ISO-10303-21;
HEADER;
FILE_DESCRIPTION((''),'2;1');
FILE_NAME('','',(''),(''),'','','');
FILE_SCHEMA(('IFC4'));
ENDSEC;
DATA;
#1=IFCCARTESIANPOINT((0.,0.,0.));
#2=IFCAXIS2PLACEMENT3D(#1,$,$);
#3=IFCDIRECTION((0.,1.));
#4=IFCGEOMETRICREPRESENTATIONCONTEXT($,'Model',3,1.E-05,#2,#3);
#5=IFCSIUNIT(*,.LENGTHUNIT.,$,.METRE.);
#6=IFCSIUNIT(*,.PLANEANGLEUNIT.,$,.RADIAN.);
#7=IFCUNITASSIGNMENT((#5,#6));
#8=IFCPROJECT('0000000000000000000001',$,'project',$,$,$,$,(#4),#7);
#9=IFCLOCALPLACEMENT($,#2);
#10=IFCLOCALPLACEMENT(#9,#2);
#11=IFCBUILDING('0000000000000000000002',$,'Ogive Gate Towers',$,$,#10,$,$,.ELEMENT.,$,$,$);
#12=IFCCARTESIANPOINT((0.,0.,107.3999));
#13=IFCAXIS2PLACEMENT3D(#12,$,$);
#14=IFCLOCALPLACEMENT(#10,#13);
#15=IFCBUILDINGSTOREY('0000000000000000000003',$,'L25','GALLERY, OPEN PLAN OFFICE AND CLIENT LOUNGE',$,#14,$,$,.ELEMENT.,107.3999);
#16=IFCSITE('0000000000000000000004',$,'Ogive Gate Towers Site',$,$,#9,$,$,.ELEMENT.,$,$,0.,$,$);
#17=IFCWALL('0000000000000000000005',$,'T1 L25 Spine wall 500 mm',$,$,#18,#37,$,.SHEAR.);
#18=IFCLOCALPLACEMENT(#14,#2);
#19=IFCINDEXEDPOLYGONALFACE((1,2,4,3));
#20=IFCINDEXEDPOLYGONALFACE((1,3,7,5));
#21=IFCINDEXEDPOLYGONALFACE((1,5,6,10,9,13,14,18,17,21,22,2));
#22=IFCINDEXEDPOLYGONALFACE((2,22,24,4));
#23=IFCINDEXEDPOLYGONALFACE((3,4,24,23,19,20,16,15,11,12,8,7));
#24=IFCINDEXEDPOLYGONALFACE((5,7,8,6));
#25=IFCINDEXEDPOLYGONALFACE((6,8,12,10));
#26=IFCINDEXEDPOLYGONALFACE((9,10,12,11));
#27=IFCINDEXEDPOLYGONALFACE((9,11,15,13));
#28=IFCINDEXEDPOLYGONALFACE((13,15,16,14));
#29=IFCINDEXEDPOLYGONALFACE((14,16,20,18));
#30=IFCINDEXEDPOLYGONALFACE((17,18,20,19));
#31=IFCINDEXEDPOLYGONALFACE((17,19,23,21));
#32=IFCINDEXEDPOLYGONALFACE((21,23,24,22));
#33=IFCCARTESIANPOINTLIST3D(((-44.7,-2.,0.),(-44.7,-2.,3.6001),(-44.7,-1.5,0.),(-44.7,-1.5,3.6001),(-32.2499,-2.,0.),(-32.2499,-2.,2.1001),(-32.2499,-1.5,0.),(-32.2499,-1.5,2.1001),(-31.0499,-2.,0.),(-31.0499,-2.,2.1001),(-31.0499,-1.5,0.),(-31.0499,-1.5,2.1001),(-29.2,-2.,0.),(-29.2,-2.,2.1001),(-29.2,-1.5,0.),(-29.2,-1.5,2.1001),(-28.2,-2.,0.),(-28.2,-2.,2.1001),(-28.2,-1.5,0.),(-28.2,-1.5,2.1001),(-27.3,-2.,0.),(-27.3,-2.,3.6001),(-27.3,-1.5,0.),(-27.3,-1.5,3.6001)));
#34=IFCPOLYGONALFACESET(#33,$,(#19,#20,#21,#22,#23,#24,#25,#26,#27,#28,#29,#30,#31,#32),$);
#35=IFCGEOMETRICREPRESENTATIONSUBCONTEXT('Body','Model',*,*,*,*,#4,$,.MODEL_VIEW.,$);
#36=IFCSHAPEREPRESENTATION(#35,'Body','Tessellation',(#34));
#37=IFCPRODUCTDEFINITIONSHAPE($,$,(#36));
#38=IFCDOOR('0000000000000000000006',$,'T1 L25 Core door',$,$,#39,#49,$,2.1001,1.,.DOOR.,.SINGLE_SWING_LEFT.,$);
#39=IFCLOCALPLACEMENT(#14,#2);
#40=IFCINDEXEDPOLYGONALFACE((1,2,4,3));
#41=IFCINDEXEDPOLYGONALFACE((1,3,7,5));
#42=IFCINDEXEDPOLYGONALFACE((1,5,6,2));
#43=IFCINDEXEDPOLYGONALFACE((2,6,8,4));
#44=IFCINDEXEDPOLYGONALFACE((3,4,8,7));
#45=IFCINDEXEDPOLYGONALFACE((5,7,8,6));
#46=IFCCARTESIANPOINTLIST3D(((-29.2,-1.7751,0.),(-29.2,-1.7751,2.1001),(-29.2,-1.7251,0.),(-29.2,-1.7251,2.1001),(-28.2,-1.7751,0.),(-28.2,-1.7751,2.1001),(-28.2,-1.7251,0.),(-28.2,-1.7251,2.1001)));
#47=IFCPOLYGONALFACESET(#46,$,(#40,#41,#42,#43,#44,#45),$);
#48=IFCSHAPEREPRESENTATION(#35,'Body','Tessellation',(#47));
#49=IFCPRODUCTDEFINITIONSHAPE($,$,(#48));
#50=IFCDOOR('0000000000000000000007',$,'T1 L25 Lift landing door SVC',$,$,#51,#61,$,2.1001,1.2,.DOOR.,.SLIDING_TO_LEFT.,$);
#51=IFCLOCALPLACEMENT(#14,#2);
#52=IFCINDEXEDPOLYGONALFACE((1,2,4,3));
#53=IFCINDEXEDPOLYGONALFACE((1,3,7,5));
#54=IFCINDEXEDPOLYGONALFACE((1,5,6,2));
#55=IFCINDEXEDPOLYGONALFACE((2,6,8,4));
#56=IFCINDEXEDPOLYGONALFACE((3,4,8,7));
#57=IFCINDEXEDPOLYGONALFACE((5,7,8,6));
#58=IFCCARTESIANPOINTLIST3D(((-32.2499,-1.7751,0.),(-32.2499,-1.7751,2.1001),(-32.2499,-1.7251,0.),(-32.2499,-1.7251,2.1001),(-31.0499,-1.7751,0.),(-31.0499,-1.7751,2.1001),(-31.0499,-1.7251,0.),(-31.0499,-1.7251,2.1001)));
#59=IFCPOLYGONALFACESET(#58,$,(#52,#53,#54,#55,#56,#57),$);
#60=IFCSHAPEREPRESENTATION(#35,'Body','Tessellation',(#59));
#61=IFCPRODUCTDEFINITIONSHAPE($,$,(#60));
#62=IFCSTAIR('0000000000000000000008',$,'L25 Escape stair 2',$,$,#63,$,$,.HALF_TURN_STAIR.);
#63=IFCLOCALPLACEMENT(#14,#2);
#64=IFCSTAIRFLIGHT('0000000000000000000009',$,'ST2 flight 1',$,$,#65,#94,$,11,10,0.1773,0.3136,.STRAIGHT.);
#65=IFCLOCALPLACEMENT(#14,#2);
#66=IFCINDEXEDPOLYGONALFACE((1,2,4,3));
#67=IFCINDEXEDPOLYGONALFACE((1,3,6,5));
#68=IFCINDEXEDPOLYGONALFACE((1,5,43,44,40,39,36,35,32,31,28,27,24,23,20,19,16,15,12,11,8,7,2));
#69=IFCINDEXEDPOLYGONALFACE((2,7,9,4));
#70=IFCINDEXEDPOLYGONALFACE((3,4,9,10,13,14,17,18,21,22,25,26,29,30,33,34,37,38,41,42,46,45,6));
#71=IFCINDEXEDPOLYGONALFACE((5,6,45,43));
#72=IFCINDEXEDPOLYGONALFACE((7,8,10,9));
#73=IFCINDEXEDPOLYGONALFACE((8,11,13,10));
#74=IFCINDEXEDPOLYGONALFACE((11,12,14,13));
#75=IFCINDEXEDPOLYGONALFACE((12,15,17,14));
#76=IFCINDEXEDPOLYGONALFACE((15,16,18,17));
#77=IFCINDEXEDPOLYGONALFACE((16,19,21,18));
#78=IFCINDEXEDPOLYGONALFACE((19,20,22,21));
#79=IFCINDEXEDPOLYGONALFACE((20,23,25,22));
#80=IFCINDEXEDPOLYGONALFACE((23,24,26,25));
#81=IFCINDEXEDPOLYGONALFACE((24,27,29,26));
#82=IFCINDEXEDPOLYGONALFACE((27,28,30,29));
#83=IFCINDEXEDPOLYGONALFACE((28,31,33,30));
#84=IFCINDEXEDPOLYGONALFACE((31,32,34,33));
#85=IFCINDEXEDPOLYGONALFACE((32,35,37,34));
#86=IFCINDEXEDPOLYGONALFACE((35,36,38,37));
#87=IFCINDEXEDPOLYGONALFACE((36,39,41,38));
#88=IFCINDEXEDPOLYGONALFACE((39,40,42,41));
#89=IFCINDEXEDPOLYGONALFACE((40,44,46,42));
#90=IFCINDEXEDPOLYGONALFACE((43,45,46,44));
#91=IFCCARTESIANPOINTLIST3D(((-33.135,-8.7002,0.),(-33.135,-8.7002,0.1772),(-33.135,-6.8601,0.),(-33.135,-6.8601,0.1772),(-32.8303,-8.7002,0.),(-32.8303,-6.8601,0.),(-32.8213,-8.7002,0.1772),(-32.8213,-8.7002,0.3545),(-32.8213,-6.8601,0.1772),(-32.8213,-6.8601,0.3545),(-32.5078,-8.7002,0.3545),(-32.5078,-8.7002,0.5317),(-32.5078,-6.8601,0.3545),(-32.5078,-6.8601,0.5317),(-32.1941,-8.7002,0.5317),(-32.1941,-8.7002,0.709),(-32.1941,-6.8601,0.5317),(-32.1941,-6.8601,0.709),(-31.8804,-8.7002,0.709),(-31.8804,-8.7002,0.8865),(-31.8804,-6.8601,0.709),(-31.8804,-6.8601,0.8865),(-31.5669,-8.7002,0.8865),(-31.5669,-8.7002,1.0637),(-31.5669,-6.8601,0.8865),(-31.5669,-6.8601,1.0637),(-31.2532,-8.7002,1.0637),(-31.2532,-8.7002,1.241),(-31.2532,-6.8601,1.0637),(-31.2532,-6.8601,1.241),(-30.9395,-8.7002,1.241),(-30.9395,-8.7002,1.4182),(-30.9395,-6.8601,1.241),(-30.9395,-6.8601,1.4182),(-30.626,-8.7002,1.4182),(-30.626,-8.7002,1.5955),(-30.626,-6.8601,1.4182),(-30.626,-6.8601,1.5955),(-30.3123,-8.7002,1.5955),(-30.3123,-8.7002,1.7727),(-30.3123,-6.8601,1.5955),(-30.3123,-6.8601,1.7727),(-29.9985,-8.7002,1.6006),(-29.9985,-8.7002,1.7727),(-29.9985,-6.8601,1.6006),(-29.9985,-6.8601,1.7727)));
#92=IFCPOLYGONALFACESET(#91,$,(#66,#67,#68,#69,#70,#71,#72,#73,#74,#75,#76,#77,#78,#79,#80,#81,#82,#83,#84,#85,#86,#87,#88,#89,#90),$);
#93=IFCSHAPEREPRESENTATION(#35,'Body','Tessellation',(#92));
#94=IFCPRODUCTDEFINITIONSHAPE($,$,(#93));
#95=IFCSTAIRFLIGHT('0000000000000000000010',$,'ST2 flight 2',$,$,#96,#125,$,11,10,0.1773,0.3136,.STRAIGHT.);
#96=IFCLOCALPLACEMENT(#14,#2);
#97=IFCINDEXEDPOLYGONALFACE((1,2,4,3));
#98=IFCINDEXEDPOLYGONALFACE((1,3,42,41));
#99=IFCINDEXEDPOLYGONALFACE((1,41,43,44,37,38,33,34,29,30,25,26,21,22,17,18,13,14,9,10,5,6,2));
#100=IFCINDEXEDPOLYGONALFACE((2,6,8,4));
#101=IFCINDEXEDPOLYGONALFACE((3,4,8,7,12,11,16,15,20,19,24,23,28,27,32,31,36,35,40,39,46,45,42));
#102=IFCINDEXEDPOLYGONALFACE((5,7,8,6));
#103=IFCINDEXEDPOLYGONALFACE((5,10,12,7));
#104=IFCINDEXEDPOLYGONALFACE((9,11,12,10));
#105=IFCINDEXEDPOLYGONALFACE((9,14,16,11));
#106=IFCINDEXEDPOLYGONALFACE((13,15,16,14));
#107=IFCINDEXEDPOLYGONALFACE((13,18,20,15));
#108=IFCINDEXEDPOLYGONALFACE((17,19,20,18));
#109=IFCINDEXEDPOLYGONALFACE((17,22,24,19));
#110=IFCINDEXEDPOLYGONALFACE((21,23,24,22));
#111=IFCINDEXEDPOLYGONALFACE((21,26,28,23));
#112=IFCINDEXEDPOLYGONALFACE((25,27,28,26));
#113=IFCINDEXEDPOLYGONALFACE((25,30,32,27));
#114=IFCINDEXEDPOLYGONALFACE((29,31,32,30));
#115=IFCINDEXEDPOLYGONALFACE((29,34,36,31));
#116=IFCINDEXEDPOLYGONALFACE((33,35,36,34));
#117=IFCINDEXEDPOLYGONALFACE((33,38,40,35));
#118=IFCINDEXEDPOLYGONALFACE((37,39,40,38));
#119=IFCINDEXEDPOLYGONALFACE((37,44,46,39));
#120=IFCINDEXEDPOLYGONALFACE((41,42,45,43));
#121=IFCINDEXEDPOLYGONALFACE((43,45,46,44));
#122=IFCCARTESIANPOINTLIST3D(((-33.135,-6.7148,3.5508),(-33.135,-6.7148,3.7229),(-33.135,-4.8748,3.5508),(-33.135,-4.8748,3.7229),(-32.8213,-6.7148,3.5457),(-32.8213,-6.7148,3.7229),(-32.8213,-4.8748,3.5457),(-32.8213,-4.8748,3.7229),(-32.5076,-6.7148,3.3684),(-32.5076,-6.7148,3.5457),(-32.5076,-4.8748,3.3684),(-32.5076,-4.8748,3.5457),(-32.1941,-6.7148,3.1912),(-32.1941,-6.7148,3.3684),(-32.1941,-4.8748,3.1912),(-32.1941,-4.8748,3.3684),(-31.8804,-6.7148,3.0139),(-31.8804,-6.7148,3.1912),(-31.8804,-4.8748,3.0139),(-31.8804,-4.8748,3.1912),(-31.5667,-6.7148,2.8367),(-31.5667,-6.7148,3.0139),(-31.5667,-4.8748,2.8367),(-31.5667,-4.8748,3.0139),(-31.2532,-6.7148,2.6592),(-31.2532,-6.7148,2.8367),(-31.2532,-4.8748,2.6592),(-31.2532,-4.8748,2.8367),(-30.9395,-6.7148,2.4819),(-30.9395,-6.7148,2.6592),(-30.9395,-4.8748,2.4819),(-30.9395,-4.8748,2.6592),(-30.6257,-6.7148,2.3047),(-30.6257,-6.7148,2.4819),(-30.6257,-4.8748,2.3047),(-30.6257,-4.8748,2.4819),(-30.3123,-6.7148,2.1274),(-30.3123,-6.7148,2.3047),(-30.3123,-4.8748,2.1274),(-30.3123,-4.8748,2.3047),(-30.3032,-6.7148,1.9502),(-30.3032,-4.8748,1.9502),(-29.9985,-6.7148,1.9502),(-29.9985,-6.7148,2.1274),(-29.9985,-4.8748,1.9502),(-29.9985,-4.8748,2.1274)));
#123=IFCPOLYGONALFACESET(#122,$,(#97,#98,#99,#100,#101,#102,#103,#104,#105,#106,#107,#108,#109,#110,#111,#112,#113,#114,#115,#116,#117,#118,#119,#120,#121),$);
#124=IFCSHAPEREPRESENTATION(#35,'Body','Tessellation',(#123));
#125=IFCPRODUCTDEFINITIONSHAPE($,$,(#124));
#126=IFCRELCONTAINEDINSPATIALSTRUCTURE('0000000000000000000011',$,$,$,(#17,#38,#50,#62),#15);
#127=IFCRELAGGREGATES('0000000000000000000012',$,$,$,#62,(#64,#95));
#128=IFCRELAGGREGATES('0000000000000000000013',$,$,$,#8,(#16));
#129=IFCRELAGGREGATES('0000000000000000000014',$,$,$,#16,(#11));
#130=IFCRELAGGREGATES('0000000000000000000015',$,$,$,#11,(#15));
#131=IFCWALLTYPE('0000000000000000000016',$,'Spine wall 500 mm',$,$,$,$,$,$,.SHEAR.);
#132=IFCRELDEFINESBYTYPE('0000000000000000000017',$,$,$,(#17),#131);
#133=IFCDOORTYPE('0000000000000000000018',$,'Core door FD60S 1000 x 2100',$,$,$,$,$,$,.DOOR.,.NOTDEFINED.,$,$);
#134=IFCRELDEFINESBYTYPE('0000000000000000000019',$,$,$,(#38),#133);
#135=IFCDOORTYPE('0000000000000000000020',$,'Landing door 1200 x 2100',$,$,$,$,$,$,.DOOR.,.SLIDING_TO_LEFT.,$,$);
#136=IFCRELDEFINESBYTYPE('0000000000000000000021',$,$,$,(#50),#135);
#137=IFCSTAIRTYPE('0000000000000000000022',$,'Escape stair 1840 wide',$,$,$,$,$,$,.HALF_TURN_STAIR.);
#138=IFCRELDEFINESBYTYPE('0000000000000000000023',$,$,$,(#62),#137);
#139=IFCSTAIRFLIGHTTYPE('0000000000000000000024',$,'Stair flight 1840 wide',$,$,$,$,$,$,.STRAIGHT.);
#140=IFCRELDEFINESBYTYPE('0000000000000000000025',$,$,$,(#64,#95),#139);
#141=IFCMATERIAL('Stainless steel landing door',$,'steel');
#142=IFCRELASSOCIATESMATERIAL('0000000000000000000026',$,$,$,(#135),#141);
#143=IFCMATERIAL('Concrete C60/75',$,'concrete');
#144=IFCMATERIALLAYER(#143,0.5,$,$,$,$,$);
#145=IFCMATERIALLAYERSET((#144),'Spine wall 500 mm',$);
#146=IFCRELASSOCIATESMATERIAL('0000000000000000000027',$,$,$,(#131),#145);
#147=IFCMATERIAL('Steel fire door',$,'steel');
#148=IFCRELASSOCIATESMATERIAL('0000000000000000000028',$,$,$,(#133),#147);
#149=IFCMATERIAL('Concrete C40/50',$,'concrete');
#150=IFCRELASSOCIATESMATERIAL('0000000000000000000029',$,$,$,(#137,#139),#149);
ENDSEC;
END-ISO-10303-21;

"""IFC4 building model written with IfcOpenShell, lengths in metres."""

from ifc_helpers import new_model, si_unit, direction, frame, frame_2d, origin, place, context, subcontext, project, spatial, polyline, rectangle, outline, extrude, material, layer, layer_set, type_object, element, fill, aggregate, save


model = new_model("IFC4")

# Units and contexts
model_context = context("Model", 3, precision=1e-05, world=origin(), true_north=direction((0.0, 1.0)))
body_context = subcontext(model_context, "Body", "Model", "MODEL_VIEW")
ifc_project = project(units=[si_unit("LENGTHUNIT", "METRE"), si_unit("PLANEANGLEUNIT", "RADIAN")], contexts=[model_context])

# Site, building, storey
site_placement = place(None, origin())
site = spatial("IfcSite", under=ifc_project, at=site_placement, Name="Ogive Gate Towers Site", CompositionType="ELEMENT", RefElevation=0.0)
building_placement = place(site_placement, origin())
building = spatial("IfcBuilding", under=site, at=building_placement, Name="Ogive Gate Towers", CompositionType="ELEMENT")
storey_placement = place(building_placement, frame((0.0, 0.0, 107.3999)))
storey = spatial("IfcBuildingStorey", under=building, at=storey_placement, Name="L25", Description="GALLERY, OPEN PLAN OFFICE AND CLIENT LOUNGE", CompositionType="ELEMENT", Elevation=107.3999)

# Shared definitions
ifc_material_1 = material(Name="Concrete C60/75", Category="concrete")
ifc_material_2 = material(Name="Steel fire door", Category="steel")

# Shared definitions
ifc_material_3 = material(Name="Stainless steel landing door", Category="steel")
door_type_1 = type_object("IfcDoorType", Name="Landing door 1200 x 2100", OperationType="SLIDING_TO_LEFT", PredefinedType="DOOR", material=ifc_material_3)

# Wall, openings, doors
ifc_layer_1 = layer(ifc_material_1, 0.5)
ifc_layer_set_1 = layer_set([ifc_layer_1], Name="Spine wall 500 mm")
wall_type_1 = type_object("IfcWallType", Name="Spine wall 500 mm", PredefinedType="SHEAR", material=ifc_layer_set_1)
wall_1_placement = place(storey_placement, frame((-44.7, -1.75, 0.0), z_axis=(0.0, 0.0, 1.0), x_axis=(1.0, 0.0, 0.0)))
wall_1 = element("IfcWall", 1, at=wall_1_placement, inside=storey, type_object=wall_type_1, Name="T1 L25 Spine wall 500 mm", PredefinedType="SHEAR", context=body_context, shape_type="SweptSolid", body=[
    extrude(rectangle(XDim=17.3999, YDim=0.5, at=frame_2d((8.7, 0.0))), origin(), (0.0, 0.0, 1.0), 3.6001),
])
opening_1_placement = place(wall_1_placement, frame((12.45, 0.0, 0.0)))
opening_1 = element("IfcOpeningElement", 2, at=opening_1_placement, cuts=wall_1, PredefinedType="OPENING", context=body_context, shape_type="SweptSolid", body=[
    extrude(rectangle(XDim=1.2, YDim=2.1001, at=frame_2d((0.6001, 1.05))), frame((0.0, 0.26, 0.0), z_axis=(0.0, -1.0, 0.0), x_axis=(1.0, 0.0, 0.0)), (0.0, 0.0, 1.0), 0.52),
])
opening_2_placement = place(wall_1_placement, frame((15.5, 0.0, 0.0)))
opening_2 = element("IfcOpeningElement", 3, at=opening_2_placement, cuts=wall_1, PredefinedType="OPENING", context=body_context, shape_type="SweptSolid", body=[
    extrude(rectangle(XDim=1.0, YDim=2.1001, at=frame_2d((0.5, 1.05))), frame((0.0, 0.26, 0.0), z_axis=(0.0, -1.0, 0.0), x_axis=(1.0, 0.0, 0.0)), (0.0, 0.0, 1.0), 0.52),
])
door_type_2 = type_object("IfcDoorType", Name="Core door FD60S 1000 x 2100", OperationType="NOTDEFINED", PredefinedType="DOOR", material=ifc_material_2)
door_1_placement = place(opening_2_placement, origin())
door_1 = element("IfcDoor", 4, at=door_1_placement, inside=storey, type_object=door_type_2, Name="T1 L25 Core door", OperationType="SINGLE_SWING_LEFT", OverallHeight=2.1001, OverallWidth=1.0, PredefinedType="DOOR", context=body_context, shape_type="SweptSolid", body=[
    extrude(rectangle(XDim=1.0, YDim=2.1001, at=frame_2d((0.5, 1.05))), frame((0.0, 0.0249, 0.0), z_axis=(0.0, -1.0, 0.0), x_axis=(1.0, 0.0, 0.0)), (0.0, 0.0, 1.0), 0.05),
])
fill(opening_2, door_1)
door_2_placement = place(opening_1_placement, origin())
door_2 = element("IfcDoor", 5, at=door_2_placement, inside=storey, type_object=door_type_1, Name="T1 L25 Lift landing door SVC", OperationType="SLIDING_TO_LEFT", OverallHeight=2.1001, OverallWidth=1.2, PredefinedType="DOOR", context=body_context, shape_type="SweptSolid", body=[
    extrude(rectangle(XDim=1.2, YDim=2.1001, at=frame_2d((0.6001, 1.05))), frame((0.0, 0.0249, 0.0), z_axis=(0.0, -1.0, 0.0), x_axis=(1.0, 0.0, 0.0)), (0.0, 0.0, 1.0), 0.05),
])
fill(opening_1, door_2)

# Stair, stair flights
ifc_material_4 = material(Name="Concrete C40/50", Category="concrete")
stair_type = type_object("IfcStairType", Name="Escape stair 1840 wide", PredefinedType="HALF_TURN_STAIR", material=ifc_material_4)
stair_placement = place(storey_placement, origin())
stair = element("IfcStair", 6, at=stair_placement, inside=storey, type_object=stair_type, Name="L25 Escape stair 2", PredefinedType="HALF_TURN_STAIR")
stair_flight_type = type_object("IfcStairFlightType", Name="Stair flight 1840 wide", PredefinedType="STRAIGHT", material=ifc_material_4)
stair_flight_1_placement = place(storey_placement, frame((-33.135, -7.78, 0.0), z_axis=(0.0, 0.0, 1.0), x_axis=(1.0, 0.0, 0.0)))
stair_flight_1 = element("IfcStairFlight", 7, at=stair_flight_1_placement, type_object=stair_flight_type, Name="ST2 flight 1", NumberOfRisers=11, NumberOfTreads=10, PredefinedType="STRAIGHT", RiserHeight=0.1773, TreadLength=0.3136, context=body_context, shape_type="SweptSolid", body=[
    extrude(outline(polyline([(0.0, 0.0), (0.0, 0.1772), (0.3137, 0.1772), (0.3137, 0.3545), (0.6272, 0.3545), (0.6272, 0.5317), (0.9409, 0.5317), (0.9409, 0.709), (1.2546, 0.709), (1.2546, 0.8865), (1.5681, 0.8865), (1.5681, 1.0637), (1.8818, 1.0637), (1.8818, 1.241), (2.1956, 1.241), (2.1956, 1.4182), (2.509, 1.4182), (2.509, 1.5955), (2.8228, 1.5955), (2.8228, 1.7727), (3.1365, 1.7727), (3.1365, 1.95), (3.1365, 1.6006), (0.3047, 0.0), (0.0, 0.0)])), frame((0.0, 0.9199, 0.0), z_axis=(0.0, -1.0, 0.0), x_axis=(1.0, 0.0, 0.0)), (0.0, 0.0, 1.0), 1.8401),
])
stair_flight_2_placement = place(storey_placement, frame((-29.9985, -5.7949, 1.9502), z_axis=(0.0, 0.0, 1.0), x_axis=(-1.0, 0.0, 0.0)))
stair_flight_2 = element("IfcStairFlight", 8, at=stair_flight_2_placement, type_object=stair_flight_type, Name="ST2 flight 2", NumberOfRisers=11, NumberOfTreads=10, PredefinedType="STRAIGHT", RiserHeight=0.1773, TreadLength=0.3136, context=body_context, shape_type="SweptSolid", body=[
    extrude(outline(polyline([(0.0, 0.0), (0.0, 0.1772), (0.3137, 0.1772), (0.3137, 0.3545), (0.6272, 0.3545), (0.6272, 0.5317), (0.9409, 0.5317), (0.9409, 0.709), (1.2546, 0.709), (1.2546, 0.8865), (1.5681, 0.8865), (1.5681, 1.0637), (1.8818, 1.0637), (1.8818, 1.241), (2.1956, 1.241), (2.1956, 1.4182), (2.509, 1.4182), (2.509, 1.5955), (2.8228, 1.5955), (2.8228, 1.7727), (3.1365, 1.7727), (3.1365, 1.95), (3.1365, 1.6006), (0.3047, 0.0), (0.0, 0.0)])), frame((0.0, 0.9199, 0.0), z_axis=(0.0, -1.0, 0.0), x_axis=(1.0, 0.0, 0.0)), (0.0, 0.0, 1.0), 1.8401),
])
aggregate(stair, [stair_flight_1, stair_flight_2])

save(model, "model.ifc")
